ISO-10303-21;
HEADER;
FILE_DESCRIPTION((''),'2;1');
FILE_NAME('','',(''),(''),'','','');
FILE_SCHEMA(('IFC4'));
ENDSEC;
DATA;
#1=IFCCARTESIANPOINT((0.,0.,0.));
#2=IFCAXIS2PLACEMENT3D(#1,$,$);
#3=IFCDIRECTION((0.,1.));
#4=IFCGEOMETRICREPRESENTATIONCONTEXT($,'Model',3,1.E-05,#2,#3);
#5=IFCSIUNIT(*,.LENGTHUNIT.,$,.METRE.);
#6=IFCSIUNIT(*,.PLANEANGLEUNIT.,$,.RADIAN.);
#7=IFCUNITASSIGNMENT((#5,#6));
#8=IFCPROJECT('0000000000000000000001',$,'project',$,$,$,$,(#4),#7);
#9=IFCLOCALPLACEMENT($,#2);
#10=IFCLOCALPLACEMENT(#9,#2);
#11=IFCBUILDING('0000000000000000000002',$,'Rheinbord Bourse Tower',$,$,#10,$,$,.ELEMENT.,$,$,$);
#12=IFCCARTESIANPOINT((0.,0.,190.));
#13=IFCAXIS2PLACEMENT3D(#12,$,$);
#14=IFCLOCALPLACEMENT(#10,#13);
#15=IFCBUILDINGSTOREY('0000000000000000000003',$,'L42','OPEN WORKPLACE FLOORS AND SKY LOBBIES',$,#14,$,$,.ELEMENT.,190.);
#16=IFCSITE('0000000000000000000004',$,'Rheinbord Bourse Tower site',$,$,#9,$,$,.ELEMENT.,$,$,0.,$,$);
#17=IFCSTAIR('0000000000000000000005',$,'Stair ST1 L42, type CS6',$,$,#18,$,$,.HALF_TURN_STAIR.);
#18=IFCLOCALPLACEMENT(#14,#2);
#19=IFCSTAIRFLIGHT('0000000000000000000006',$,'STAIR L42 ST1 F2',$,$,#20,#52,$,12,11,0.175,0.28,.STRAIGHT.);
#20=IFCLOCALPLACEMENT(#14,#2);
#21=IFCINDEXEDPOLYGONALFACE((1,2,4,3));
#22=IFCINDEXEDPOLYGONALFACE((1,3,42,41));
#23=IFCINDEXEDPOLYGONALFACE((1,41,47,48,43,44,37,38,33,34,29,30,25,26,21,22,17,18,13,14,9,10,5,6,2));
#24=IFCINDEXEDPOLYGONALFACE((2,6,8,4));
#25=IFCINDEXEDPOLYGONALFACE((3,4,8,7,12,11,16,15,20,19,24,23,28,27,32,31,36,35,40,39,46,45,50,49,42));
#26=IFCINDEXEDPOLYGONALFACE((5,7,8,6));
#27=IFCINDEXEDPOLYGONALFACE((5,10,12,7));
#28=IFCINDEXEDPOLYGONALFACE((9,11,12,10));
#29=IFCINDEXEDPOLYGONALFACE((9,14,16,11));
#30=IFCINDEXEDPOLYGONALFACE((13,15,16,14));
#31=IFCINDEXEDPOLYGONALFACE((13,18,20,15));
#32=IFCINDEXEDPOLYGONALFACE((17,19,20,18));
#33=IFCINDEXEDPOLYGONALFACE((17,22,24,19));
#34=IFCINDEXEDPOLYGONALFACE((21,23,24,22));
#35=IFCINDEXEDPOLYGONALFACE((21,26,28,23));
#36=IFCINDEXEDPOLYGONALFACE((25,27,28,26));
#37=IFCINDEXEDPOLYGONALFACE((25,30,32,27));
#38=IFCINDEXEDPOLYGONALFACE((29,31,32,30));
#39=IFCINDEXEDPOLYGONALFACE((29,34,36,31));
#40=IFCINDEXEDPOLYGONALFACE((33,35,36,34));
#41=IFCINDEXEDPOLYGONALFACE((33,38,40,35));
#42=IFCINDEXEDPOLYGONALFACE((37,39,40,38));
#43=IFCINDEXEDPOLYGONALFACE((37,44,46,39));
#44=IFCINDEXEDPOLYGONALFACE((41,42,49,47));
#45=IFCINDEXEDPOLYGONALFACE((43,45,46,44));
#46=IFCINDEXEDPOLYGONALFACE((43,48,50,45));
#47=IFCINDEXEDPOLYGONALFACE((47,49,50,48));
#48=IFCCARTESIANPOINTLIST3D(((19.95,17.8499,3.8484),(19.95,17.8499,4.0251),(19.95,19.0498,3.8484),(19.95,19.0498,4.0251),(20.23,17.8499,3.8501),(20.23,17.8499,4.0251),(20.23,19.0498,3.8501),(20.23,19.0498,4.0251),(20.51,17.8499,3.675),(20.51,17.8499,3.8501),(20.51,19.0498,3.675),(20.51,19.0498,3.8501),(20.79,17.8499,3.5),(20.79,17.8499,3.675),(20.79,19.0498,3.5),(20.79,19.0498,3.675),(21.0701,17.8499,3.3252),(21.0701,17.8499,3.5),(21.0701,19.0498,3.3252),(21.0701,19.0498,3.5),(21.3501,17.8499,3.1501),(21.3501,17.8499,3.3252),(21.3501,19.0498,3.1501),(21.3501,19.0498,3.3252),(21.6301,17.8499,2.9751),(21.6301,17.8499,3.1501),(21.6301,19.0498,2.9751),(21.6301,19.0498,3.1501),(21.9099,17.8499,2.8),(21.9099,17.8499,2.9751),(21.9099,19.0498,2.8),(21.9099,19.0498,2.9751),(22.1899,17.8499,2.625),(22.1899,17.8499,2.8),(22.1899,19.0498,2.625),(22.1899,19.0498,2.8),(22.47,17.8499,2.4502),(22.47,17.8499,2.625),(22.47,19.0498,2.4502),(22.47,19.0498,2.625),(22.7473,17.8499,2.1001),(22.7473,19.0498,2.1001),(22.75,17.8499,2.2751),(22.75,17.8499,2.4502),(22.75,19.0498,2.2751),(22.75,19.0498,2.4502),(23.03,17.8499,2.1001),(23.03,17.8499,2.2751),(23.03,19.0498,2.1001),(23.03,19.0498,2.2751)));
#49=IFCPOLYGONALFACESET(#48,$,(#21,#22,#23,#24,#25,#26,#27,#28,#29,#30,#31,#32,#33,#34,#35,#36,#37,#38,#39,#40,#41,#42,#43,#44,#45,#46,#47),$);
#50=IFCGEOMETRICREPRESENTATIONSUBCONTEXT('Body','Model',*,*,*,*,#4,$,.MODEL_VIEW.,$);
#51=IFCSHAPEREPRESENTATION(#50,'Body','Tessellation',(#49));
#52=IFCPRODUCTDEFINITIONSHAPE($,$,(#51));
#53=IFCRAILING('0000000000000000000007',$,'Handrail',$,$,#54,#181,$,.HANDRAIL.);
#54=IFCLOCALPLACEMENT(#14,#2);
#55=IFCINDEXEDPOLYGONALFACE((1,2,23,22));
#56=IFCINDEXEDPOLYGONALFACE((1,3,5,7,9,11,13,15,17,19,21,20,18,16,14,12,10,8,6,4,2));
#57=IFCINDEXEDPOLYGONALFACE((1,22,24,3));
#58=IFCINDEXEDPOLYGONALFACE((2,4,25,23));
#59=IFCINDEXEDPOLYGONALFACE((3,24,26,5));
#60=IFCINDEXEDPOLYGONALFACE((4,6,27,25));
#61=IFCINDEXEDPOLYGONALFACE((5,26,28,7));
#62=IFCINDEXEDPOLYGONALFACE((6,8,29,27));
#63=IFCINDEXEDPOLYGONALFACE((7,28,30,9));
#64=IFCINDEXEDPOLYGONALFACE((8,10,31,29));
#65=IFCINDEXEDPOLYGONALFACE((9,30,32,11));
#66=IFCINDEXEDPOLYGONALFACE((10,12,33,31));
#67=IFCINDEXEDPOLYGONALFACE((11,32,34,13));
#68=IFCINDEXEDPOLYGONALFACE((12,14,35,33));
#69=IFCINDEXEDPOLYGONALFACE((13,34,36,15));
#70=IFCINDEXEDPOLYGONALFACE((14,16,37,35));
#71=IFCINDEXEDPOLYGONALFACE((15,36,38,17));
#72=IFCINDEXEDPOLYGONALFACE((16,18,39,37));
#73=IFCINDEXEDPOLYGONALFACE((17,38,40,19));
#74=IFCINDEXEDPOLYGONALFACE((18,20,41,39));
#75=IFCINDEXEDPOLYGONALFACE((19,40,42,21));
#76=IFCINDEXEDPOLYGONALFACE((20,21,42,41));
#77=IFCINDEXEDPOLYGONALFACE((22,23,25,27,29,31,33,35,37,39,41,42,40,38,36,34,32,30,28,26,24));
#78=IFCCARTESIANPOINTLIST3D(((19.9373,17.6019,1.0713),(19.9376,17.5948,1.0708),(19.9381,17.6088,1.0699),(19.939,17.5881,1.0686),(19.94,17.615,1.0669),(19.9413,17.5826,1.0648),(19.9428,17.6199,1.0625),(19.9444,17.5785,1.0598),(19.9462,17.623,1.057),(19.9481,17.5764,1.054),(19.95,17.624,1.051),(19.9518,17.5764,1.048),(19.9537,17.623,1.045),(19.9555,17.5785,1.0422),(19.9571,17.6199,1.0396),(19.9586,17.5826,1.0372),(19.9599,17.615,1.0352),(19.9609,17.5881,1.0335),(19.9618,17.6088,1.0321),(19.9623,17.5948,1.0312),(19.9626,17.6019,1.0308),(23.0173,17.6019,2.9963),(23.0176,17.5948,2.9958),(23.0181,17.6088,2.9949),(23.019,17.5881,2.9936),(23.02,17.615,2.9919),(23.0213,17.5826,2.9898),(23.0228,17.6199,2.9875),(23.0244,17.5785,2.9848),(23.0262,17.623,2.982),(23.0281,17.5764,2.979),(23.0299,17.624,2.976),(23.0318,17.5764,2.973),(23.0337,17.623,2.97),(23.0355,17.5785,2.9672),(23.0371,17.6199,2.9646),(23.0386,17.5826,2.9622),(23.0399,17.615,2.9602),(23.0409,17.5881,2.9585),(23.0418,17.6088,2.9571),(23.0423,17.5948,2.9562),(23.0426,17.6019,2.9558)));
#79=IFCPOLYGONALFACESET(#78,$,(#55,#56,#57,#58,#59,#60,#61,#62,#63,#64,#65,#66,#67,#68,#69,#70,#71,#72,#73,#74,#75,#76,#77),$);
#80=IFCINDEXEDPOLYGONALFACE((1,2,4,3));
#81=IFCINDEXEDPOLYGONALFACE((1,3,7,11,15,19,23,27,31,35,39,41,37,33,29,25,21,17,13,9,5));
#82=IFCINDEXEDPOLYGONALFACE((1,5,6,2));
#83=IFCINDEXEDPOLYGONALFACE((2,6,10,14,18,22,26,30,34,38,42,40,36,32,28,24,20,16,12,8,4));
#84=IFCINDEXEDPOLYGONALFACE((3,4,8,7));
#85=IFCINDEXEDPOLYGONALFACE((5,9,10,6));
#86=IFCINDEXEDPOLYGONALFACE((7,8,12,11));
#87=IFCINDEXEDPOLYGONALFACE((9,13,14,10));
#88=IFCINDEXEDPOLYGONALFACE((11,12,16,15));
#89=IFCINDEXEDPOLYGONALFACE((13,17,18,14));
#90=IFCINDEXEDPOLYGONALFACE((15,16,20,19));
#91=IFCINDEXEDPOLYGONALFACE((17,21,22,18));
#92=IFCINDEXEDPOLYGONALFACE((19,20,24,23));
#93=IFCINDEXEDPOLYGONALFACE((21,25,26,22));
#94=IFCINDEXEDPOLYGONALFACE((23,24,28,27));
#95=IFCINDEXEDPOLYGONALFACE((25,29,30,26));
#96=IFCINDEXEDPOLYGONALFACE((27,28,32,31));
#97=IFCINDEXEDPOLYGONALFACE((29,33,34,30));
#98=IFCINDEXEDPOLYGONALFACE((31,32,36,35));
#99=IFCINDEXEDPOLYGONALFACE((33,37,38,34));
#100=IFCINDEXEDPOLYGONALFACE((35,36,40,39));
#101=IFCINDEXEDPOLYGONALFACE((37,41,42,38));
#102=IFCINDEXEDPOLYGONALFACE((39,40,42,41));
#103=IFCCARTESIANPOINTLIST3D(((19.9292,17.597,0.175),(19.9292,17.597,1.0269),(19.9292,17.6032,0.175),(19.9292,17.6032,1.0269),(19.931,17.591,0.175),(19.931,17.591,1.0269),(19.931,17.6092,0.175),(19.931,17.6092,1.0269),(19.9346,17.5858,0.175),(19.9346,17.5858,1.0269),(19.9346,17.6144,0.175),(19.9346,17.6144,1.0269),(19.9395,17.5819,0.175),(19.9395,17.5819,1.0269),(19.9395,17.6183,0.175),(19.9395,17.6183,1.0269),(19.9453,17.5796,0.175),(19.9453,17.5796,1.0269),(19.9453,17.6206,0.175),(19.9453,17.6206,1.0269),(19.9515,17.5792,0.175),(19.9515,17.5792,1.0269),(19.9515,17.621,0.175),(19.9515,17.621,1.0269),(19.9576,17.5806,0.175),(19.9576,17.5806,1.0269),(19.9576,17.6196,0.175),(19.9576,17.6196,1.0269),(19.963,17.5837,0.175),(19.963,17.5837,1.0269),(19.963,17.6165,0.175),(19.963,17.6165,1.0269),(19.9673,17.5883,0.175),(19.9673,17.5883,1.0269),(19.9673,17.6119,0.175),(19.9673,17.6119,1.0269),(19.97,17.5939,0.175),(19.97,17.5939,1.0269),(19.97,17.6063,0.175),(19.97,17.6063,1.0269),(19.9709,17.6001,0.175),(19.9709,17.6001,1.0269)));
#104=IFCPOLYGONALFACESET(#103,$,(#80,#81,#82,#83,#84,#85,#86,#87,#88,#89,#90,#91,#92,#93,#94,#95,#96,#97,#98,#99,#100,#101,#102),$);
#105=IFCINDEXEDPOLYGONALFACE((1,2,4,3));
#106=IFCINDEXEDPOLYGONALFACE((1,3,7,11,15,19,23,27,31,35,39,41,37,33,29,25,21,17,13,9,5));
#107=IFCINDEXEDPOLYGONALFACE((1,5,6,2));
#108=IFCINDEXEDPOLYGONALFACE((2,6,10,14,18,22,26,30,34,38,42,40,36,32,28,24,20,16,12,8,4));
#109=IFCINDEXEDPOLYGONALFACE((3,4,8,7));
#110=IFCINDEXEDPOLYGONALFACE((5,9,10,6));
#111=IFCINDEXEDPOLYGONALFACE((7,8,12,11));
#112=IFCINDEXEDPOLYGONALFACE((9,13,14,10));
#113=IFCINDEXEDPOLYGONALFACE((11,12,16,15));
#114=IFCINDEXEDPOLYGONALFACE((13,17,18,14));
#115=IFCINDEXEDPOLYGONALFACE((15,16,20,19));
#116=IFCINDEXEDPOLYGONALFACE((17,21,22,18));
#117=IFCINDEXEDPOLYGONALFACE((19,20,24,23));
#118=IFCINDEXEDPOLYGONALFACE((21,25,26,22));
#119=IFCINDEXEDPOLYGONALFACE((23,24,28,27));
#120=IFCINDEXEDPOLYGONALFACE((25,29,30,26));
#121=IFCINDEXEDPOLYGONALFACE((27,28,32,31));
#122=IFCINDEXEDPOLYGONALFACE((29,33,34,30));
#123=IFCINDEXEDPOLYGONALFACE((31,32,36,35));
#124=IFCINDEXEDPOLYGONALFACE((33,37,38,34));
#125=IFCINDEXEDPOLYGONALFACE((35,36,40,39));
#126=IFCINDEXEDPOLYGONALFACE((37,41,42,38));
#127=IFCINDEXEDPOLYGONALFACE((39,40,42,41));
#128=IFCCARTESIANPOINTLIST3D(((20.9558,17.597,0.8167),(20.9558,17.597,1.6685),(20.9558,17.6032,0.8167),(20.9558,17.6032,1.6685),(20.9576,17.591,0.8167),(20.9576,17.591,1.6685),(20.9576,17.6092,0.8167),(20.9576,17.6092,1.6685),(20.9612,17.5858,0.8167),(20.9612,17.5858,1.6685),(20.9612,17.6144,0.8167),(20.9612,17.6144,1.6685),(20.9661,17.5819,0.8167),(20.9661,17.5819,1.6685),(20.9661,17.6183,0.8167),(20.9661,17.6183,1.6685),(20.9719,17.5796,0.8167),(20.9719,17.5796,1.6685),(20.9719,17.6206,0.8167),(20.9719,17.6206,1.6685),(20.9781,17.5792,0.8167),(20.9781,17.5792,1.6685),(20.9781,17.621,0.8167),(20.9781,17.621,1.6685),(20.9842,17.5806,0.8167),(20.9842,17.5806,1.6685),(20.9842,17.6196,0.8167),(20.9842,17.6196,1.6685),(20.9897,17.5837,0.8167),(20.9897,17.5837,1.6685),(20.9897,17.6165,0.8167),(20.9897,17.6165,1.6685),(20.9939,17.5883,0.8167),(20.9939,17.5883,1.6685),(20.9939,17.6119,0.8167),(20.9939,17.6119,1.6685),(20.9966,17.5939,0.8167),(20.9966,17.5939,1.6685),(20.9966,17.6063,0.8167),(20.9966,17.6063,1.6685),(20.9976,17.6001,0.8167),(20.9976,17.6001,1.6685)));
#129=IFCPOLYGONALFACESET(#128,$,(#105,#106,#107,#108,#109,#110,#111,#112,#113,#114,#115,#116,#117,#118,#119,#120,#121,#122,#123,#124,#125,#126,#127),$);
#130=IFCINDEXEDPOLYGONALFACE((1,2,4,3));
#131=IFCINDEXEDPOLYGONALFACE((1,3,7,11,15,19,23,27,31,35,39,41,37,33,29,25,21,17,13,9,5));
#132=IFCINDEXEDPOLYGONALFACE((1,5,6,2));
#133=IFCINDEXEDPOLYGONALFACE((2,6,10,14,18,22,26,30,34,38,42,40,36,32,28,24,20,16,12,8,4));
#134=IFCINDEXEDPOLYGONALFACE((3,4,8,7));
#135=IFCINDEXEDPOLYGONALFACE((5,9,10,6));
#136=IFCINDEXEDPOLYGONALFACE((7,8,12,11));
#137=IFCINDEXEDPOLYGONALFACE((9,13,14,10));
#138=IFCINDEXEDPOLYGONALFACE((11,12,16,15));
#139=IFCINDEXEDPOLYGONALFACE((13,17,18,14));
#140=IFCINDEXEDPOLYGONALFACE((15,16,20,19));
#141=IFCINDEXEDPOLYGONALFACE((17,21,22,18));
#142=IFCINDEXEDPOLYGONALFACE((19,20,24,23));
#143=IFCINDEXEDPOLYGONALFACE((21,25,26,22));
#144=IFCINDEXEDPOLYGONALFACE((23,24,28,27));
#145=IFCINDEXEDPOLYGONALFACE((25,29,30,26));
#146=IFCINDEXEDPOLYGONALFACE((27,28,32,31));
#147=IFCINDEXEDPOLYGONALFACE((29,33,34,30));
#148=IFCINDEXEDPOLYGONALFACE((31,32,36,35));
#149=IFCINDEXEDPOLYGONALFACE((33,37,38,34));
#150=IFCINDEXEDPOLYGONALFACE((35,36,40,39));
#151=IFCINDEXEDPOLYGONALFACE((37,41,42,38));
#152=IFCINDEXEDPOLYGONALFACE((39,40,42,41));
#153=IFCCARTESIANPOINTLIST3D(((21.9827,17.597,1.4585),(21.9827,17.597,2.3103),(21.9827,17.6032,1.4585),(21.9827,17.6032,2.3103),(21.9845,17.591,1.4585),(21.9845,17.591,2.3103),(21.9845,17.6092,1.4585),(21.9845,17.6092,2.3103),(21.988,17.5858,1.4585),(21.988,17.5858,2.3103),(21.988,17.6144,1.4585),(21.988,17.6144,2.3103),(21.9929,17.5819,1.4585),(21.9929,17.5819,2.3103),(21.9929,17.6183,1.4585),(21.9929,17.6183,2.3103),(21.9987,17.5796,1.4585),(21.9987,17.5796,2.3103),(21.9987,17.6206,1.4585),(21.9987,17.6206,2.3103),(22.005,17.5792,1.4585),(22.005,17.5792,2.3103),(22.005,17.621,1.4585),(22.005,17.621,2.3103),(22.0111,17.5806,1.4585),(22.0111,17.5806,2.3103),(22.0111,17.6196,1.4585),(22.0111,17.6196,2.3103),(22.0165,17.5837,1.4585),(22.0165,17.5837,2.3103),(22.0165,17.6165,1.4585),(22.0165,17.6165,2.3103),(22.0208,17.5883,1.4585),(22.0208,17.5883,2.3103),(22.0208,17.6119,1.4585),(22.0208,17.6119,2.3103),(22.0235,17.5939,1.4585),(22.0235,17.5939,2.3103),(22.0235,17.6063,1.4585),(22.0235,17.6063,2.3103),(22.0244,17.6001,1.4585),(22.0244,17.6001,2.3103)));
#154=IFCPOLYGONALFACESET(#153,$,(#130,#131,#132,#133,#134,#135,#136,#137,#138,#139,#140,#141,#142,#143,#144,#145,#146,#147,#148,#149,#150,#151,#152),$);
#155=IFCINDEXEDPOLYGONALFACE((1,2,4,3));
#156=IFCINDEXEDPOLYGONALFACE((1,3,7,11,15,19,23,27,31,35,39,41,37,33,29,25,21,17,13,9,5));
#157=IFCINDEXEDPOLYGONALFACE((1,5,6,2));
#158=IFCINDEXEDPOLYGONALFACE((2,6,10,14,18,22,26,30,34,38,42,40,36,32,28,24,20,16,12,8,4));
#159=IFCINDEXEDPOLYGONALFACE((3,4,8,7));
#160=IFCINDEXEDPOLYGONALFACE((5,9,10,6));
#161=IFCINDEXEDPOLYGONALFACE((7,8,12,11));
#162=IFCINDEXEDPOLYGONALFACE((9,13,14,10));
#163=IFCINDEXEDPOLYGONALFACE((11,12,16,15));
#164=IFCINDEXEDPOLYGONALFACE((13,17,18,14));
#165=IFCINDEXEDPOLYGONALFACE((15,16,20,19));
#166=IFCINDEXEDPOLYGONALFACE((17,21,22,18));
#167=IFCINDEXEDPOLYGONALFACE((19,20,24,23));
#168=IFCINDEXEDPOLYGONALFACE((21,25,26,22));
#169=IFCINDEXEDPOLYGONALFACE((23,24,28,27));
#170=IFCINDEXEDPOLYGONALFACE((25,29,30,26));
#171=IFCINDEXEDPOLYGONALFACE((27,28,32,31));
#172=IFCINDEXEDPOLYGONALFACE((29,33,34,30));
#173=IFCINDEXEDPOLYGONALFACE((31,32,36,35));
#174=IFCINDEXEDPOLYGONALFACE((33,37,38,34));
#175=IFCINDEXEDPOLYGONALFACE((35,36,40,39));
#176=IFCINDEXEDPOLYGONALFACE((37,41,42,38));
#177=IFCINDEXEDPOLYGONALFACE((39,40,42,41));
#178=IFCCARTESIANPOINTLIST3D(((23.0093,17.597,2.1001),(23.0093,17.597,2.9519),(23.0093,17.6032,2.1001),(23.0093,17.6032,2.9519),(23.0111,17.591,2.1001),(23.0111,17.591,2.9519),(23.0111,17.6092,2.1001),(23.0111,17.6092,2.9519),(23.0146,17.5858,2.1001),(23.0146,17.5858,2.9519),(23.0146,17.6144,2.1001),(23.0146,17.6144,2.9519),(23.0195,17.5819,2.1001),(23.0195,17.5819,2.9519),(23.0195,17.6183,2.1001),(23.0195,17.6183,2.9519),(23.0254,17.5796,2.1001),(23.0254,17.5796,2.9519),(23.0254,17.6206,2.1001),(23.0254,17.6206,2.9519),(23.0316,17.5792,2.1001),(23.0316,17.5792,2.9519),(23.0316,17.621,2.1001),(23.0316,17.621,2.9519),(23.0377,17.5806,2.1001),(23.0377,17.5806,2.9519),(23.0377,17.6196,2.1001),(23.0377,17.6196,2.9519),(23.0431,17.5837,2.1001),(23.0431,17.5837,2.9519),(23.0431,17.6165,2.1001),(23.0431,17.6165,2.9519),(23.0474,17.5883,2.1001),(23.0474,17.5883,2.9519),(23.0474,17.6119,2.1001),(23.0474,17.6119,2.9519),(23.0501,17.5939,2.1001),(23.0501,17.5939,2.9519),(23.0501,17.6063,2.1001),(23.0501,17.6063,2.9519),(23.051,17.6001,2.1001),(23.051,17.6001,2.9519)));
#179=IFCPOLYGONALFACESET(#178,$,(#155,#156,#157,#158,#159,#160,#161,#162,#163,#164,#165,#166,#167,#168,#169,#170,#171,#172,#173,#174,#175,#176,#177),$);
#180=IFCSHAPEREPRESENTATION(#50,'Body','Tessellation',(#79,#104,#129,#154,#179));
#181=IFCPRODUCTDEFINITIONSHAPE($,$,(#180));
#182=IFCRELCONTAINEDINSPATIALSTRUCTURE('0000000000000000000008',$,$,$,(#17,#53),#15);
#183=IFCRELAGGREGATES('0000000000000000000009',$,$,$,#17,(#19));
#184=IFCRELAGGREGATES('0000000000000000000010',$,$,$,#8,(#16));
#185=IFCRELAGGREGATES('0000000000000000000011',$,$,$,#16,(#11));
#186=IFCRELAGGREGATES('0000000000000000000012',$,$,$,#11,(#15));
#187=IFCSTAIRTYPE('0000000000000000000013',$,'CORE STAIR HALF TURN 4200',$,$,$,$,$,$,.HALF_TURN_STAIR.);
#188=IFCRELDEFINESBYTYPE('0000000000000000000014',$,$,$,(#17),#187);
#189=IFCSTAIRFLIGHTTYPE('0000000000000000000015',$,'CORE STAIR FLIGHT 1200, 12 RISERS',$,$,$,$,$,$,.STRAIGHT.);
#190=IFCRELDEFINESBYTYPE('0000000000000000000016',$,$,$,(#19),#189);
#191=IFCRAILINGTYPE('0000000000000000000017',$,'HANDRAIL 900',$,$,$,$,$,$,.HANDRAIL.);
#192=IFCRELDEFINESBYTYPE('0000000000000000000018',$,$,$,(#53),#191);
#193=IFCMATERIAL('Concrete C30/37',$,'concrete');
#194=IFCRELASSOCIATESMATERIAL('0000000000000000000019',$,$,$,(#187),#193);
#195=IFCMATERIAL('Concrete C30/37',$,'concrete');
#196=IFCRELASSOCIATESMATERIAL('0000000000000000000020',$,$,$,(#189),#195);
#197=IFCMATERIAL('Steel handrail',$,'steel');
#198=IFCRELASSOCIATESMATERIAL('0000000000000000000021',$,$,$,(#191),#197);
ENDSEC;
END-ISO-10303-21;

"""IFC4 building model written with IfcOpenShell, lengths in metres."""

from ifc_helpers import new_model, si_unit, direction, frame, origin, origin_2d, place, context, subcontext, project, spatial, polyline, circle, outline, extrude, material, type_object, element, aggregate, save


model = new_model("IFC4")

# Units and contexts
model_context = context("Model", 3, precision=1e-05, world=origin(), true_north=direction((0.0, 1.0)))
body_context = subcontext(model_context, "Body", "Model", "MODEL_VIEW")
ifc_project = project(units=[si_unit("LENGTHUNIT", "METRE"), si_unit("PLANEANGLEUNIT", "RADIAN")], contexts=[model_context])

# Site, building, storey
site_placement = place(None, origin())
site = spatial("IfcSite", under=ifc_project, at=site_placement, Name="Rheinbord Bourse Tower site", CompositionType="ELEMENT", RefElevation=0.0)
building_placement = place(site_placement, origin())
building = spatial("IfcBuilding", under=site, at=building_placement, Name="Rheinbord Bourse Tower", CompositionType="ELEMENT")
storey_placement = place(building_placement, frame((0.0, 0.0, 190.0)))
storey = spatial("IfcBuildingStorey", under=building, at=storey_placement, Name="L42", Description="OPEN WORKPLACE FLOORS AND SKY LOBBIES", CompositionType="ELEMENT", Elevation=190.0)

# Stair, stair flight
ifc_material_1 = material(Name="Concrete C30/37", Category="concrete")
stair_type = type_object("IfcStairType", Name="CORE STAIR HALF TURN 4200", PredefinedType="HALF_TURN_STAIR", material=ifc_material_1)
stair_placement = place(storey_placement, origin())
stair = element("IfcStair", 1, at=stair_placement, inside=storey, type_object=stair_type, Name="Stair ST1 L42, type CS6", PredefinedType="HALF_TURN_STAIR")
ifc_material_2 = material(Name="Concrete C30/37", Category="concrete")
stair_flight_type = type_object("IfcStairFlightType", Name="CORE STAIR FLIGHT 1200, 12 RISERS", PredefinedType="STRAIGHT", material=ifc_material_2)
stair_flight_1_placement = place(storey_placement, frame((23.03, 18.45, 2.1001), z_axis=(0.0, 0.0, 1.0), x_axis=(-1.0, 0.0, 0.0)))
stair_flight_1 = element("IfcStairFlight", 2, at=stair_flight_1_placement, type_object=stair_flight_type, Name="STAIR L42 ST1 F2", NumberOfRisers=12, NumberOfTreads=11, PredefinedType="STRAIGHT", RiserHeight=0.175, TreadLength=0.28, context=body_context, shape_type="SweptSolid", body=[
    extrude(outline(polyline([(0.0, 0.0), (0.0, 0.175), (0.28, 0.175), (0.28, 0.3501), (0.5601, 0.3501), (0.5601, 0.5249), (0.8401, 0.5249), (0.8401, 0.7), (1.1201, 0.7), (1.1201, 0.875), (1.3999, 0.875), (1.3999, 1.05), (1.6799, 1.05), (1.6799, 1.2251), (1.96, 1.2251), (1.96, 1.3999), (2.24, 1.3999), (2.24, 1.575), (2.52, 1.575), (2.52, 1.75), (2.8, 1.75), (2.8, 1.925), (3.0801, 1.925), (3.0801, 2.1001), (3.0801, 1.7483), (0.2827, 0.0), (0.0, 0.0)])), frame((0.0, 0.6001, 0.0), z_axis=(0.0, -1.0, 0.0), x_axis=(1.0, 0.0, 0.0)), (0.0, 0.0, 1.0), 1.2),
])
aggregate(stair, [stair_flight_1])

# Railing
ifc_material_3 = material(Name="Steel handrail", Category="steel")
railing_type = type_object("IfcRailingType", Name="HANDRAIL 900", PredefinedType="HANDRAIL", material=ifc_material_3)
railing_1_placement = place(storey_placement, frame((19.95, 17.6001, 0.175)))
element("IfcRailing", 3, at=railing_1_placement, inside=storey, type_object=railing_type, Name="Handrail", PredefinedType="HANDRAIL", context=body_context, shape_type="SweptSolid", body=[
    extrude(circle(Radius=0.0239, at=origin_2d()), frame((0.0, 0.0, 0.876), z_axis=(0.847998, 0.0, 0.529999), x_axis=(0.0, 1.0, 0.0)), (0.0, 0.0, 1.0), 3.6321),
    extrude(circle(Radius=0.021, at=origin_2d()), origin(), (0.0, 0.0, 1.0), 0.8518),
    extrude(circle(Radius=0.021, at=origin_2d()), frame((1.0266, 0.0, 0.6416)), (0.0, 0.0, 1.0), 0.8518),
    extrude(circle(Radius=0.021, at=origin_2d()), frame((2.0535, 0.0, 1.2834)), (0.0, 0.0, 1.0), 0.8518),
    extrude(circle(Radius=0.021, at=origin_2d()), frame((3.0801, 0.0, 1.925)), (0.0, 0.0, 1.0), 0.8518),
])

save(model, "model.ifc")
